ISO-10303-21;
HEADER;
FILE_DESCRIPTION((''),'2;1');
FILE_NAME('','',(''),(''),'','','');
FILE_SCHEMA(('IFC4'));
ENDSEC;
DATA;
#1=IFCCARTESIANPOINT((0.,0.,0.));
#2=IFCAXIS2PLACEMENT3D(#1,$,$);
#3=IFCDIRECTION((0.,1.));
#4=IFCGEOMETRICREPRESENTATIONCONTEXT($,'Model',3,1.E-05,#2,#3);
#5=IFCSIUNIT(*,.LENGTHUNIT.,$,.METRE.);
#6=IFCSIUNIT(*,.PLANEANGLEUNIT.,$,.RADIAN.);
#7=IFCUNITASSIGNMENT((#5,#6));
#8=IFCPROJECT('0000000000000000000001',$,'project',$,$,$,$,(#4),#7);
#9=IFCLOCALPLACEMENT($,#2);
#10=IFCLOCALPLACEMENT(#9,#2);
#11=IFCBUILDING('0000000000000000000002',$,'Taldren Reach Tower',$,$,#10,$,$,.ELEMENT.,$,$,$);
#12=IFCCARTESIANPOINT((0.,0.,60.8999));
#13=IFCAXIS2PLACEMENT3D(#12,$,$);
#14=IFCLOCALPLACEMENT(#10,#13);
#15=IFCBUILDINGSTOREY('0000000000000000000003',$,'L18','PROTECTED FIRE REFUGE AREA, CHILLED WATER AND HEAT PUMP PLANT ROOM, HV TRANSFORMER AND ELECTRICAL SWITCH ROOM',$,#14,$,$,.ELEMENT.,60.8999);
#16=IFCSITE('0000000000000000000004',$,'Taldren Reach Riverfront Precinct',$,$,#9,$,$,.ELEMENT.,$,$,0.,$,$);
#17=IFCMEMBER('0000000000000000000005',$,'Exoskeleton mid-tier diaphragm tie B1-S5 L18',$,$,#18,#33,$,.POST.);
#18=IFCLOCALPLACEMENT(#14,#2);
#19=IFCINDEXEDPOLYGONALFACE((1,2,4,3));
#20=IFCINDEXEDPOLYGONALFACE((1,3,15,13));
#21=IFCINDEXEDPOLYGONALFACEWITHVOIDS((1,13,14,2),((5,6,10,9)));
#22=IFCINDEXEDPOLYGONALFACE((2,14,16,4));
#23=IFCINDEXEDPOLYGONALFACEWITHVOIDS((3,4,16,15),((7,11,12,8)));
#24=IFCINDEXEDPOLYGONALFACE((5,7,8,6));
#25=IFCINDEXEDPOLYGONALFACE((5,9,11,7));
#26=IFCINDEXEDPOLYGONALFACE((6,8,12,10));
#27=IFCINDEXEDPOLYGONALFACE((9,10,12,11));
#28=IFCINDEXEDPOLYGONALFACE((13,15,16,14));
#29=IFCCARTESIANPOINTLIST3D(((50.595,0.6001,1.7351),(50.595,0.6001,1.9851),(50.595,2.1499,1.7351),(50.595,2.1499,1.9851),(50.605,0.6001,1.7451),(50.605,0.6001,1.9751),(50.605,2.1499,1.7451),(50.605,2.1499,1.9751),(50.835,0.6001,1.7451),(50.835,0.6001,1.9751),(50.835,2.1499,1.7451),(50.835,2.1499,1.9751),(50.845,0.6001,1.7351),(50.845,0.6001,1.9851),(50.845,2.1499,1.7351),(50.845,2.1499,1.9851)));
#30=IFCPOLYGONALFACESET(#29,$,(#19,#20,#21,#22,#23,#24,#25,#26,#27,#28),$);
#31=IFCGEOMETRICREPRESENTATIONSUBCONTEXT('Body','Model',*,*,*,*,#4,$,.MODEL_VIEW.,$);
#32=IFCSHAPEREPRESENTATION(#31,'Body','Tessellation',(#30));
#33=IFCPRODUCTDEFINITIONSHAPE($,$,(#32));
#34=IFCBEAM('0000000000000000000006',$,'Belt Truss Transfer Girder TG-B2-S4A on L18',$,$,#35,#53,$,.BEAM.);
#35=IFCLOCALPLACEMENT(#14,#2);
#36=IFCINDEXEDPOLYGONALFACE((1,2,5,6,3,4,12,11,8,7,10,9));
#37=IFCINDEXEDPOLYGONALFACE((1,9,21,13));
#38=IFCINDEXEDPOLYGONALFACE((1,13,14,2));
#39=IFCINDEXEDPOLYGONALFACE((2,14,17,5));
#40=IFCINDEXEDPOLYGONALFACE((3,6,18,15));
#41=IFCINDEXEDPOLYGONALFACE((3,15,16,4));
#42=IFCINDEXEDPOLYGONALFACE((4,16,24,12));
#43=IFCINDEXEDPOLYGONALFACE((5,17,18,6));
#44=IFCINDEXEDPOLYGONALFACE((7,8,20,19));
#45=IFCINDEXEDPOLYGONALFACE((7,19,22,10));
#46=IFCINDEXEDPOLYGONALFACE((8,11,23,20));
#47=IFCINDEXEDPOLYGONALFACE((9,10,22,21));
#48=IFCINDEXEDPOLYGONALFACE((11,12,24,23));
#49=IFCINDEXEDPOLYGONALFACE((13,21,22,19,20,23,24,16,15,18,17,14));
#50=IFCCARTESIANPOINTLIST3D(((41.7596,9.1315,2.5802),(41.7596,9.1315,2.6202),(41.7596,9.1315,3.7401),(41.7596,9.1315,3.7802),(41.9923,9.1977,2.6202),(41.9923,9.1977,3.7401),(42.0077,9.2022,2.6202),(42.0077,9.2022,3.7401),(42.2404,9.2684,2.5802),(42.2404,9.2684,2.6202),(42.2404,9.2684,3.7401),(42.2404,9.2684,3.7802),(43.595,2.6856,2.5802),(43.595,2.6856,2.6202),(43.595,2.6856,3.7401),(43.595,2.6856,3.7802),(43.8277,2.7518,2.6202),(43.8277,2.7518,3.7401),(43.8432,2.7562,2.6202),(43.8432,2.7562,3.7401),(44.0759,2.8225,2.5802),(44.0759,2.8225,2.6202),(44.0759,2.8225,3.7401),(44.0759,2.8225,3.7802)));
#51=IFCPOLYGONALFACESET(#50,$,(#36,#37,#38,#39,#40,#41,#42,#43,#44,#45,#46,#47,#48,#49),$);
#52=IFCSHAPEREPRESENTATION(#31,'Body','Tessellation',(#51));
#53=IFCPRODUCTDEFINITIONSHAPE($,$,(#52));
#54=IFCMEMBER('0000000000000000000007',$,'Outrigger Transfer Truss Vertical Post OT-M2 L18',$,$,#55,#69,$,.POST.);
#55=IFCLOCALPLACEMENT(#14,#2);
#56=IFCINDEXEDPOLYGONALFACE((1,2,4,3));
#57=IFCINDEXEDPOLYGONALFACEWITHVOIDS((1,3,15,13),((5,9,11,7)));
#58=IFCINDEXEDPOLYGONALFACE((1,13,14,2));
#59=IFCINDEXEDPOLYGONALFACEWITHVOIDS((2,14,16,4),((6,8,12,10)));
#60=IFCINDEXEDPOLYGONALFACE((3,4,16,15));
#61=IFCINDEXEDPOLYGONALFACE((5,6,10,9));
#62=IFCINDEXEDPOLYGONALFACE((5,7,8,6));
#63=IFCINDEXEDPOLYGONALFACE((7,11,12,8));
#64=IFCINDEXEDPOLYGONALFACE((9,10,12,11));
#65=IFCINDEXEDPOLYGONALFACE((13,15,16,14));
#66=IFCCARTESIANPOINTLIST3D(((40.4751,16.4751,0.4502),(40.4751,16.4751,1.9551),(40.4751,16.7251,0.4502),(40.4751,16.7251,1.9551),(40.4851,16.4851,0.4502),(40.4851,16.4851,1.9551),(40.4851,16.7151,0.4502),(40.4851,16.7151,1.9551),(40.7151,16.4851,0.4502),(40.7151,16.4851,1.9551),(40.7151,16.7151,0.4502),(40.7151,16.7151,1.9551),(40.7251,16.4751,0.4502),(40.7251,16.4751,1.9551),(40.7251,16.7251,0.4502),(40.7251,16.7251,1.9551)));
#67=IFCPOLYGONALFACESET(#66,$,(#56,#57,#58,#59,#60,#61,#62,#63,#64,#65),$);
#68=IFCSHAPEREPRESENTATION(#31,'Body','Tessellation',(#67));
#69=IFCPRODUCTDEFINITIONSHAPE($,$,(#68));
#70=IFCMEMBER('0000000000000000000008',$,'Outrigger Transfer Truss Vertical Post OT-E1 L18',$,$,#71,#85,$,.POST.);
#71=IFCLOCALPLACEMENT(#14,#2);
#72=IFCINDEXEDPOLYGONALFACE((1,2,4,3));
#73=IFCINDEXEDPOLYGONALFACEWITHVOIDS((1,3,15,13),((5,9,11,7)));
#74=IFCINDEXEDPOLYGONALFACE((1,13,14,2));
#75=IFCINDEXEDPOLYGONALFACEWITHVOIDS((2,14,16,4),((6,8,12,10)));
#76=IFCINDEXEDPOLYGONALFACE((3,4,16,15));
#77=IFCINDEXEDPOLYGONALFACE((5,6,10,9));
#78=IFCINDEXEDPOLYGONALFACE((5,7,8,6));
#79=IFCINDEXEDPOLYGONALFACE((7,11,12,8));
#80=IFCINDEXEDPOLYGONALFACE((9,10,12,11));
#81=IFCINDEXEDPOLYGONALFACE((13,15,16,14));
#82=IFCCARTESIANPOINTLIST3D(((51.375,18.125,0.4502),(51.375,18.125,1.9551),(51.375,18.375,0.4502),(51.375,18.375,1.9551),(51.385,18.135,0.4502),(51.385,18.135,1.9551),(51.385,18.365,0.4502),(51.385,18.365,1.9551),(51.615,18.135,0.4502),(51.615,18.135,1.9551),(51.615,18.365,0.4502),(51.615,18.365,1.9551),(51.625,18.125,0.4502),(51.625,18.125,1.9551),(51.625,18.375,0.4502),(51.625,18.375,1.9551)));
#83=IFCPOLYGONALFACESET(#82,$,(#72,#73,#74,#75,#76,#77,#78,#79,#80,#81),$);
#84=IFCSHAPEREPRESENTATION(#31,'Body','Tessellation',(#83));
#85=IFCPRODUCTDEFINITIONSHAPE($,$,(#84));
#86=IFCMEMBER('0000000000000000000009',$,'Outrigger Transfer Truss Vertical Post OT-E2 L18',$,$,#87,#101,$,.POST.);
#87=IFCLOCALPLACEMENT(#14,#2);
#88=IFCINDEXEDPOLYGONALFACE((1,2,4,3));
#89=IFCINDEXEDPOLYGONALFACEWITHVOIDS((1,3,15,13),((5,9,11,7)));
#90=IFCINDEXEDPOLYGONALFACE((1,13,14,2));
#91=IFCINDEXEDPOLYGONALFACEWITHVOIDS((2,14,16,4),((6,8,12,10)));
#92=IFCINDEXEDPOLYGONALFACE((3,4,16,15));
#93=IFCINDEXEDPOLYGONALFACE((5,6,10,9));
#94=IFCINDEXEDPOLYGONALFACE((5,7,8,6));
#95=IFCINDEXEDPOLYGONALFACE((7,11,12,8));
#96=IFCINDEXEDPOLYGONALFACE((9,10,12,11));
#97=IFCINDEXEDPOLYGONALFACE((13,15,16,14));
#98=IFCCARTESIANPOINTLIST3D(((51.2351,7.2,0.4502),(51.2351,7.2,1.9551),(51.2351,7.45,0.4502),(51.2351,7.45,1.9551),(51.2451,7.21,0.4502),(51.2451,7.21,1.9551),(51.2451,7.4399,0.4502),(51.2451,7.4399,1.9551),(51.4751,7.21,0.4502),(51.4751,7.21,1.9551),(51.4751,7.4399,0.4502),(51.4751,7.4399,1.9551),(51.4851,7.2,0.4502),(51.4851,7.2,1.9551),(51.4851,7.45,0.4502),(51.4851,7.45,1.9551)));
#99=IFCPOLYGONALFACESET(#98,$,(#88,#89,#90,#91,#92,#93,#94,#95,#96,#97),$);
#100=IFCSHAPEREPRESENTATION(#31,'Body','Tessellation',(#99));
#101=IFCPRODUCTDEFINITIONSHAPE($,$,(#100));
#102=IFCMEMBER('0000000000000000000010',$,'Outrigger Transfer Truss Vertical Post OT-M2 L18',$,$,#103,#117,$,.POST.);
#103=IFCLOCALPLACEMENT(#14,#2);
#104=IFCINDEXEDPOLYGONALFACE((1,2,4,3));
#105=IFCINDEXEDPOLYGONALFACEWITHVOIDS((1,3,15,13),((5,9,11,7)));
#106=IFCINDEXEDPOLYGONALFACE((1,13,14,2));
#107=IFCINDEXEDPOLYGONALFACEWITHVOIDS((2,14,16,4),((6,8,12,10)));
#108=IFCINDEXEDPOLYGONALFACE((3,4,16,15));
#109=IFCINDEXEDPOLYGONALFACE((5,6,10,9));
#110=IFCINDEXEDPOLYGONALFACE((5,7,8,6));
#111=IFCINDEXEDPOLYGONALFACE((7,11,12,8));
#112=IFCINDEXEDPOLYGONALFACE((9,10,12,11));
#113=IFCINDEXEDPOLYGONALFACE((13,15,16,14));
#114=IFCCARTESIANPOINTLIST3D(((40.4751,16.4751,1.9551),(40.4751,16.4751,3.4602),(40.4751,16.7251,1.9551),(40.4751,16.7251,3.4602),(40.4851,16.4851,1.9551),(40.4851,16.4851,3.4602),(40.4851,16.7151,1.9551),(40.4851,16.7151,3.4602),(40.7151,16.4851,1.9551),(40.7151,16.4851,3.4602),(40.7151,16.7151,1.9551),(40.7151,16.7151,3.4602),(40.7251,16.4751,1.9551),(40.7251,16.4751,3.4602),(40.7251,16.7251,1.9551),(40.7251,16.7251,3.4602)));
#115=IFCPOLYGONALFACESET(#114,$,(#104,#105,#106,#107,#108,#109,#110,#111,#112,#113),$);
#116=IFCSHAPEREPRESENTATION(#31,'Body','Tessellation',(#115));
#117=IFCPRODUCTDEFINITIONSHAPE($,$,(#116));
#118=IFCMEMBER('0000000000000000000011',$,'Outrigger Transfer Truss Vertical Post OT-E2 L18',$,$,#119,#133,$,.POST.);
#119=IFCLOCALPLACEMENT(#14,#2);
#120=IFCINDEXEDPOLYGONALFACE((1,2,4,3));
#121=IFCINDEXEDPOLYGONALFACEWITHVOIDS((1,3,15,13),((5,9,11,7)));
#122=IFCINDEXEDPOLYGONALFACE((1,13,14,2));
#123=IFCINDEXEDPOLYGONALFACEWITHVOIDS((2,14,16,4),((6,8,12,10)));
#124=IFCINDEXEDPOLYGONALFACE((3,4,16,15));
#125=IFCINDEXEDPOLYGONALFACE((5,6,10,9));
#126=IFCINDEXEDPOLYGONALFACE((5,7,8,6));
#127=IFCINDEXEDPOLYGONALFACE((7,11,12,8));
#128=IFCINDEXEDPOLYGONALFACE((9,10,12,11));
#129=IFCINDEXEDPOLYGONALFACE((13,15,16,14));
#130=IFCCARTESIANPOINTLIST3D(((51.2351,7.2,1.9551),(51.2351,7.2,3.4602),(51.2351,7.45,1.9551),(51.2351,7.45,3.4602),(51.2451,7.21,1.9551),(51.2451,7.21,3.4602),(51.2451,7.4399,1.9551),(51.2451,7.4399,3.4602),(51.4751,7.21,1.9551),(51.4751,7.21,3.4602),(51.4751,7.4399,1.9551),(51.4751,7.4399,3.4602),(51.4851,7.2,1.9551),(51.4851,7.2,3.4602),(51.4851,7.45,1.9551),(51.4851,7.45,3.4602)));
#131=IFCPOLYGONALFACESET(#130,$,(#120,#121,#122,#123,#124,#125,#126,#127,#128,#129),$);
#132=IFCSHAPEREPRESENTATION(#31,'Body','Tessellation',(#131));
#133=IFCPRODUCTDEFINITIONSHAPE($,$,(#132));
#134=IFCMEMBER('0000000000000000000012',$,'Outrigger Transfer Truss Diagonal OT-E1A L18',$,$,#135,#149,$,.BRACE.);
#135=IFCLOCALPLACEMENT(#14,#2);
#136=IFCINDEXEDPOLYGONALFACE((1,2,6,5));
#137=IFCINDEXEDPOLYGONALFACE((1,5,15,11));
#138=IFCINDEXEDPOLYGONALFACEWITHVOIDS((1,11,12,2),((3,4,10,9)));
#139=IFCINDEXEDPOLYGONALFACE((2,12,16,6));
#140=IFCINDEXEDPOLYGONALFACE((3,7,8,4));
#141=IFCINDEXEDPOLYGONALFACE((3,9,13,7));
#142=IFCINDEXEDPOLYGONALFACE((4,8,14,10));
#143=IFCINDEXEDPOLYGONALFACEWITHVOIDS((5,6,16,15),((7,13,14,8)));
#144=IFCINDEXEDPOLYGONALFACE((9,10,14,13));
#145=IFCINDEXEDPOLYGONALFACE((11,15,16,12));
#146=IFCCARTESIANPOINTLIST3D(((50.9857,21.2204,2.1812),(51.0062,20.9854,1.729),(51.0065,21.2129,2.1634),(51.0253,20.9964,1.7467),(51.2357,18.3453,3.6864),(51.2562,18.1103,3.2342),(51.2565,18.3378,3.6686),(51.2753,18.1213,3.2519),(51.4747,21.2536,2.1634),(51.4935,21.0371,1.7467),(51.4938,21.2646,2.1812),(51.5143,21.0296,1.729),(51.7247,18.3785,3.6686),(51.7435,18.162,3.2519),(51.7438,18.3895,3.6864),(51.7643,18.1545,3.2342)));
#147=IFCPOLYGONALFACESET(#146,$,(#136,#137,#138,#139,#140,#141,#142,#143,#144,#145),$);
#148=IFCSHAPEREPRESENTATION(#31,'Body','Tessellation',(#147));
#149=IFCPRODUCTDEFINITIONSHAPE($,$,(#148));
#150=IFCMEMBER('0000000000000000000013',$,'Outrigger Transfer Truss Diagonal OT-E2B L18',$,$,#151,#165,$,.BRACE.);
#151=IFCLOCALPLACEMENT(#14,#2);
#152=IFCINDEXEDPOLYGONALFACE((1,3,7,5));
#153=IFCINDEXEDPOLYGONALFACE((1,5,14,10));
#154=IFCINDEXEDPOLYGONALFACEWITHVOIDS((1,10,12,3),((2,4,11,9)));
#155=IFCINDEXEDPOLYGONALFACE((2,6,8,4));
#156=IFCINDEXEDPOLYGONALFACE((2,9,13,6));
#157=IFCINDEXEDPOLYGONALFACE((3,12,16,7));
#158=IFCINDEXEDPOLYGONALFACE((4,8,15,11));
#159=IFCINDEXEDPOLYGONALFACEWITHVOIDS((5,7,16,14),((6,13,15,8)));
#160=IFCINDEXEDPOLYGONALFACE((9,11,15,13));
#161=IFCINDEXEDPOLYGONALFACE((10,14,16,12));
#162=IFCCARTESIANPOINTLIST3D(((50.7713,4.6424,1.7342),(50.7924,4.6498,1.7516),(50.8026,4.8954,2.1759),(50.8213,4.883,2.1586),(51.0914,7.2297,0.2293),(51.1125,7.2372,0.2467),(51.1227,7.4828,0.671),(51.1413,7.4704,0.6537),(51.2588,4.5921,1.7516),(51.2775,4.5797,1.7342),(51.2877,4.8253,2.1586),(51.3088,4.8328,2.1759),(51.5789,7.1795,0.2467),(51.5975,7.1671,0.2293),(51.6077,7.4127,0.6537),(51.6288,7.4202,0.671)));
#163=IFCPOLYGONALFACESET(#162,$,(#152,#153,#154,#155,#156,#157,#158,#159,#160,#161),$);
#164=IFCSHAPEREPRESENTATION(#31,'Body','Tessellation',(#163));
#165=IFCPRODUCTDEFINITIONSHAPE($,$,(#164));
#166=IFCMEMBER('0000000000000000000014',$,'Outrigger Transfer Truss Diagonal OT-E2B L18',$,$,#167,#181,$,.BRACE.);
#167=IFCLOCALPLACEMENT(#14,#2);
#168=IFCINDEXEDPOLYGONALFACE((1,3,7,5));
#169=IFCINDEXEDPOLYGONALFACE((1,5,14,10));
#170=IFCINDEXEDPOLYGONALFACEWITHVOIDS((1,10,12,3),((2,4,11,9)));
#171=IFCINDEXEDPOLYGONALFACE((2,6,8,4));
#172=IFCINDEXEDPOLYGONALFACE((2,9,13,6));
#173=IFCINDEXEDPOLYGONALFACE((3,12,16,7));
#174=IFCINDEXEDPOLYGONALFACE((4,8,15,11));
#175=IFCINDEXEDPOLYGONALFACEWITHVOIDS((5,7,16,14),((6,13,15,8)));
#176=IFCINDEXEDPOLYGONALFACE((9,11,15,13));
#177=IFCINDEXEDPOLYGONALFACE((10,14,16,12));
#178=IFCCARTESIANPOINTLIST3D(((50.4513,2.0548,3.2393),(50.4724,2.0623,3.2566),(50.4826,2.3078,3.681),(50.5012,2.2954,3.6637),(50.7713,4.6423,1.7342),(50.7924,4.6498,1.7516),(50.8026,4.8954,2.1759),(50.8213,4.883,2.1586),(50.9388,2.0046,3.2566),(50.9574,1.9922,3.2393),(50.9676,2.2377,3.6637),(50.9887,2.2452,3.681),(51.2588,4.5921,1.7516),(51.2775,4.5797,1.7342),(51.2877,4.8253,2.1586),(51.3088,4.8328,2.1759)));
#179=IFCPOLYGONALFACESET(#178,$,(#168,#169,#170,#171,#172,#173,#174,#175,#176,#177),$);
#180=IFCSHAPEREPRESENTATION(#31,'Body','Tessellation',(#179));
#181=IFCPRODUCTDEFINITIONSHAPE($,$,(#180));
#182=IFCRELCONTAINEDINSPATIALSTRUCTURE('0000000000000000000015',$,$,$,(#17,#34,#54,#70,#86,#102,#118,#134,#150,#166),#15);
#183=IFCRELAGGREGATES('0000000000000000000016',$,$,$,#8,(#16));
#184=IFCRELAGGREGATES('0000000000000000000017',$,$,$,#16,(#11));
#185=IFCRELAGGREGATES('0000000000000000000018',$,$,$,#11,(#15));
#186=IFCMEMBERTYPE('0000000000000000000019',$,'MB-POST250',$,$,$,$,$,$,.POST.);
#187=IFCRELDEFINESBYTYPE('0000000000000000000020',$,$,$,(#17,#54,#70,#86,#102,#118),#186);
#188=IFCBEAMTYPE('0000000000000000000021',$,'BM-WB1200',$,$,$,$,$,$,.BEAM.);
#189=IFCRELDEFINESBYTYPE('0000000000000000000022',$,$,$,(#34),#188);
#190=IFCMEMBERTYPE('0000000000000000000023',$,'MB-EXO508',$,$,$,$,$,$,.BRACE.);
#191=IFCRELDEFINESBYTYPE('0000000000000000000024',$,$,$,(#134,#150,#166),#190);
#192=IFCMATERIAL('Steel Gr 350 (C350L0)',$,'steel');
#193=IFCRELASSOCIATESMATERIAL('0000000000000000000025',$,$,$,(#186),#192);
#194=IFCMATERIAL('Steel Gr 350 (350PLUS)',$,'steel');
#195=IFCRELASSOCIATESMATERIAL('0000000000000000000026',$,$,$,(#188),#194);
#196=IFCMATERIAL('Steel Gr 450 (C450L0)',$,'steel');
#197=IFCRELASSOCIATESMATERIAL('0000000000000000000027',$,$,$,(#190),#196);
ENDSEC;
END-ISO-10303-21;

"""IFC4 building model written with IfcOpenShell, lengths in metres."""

from ifc_helpers import new_model, si_unit, direction, frame, origin, origin_2d, place, context, subcontext, project, spatial, hollow_rectangle, i_section, extrude, source, transform, mapped, material, material_profile, profile_set, type_object, element, save


model = new_model("IFC4")

# Units and contexts
model_context = context("Model", 3, precision=1e-05, world=origin(), true_north=direction((0.0, 1.0)))
body_context = subcontext(model_context, "Body", "Model", "MODEL_VIEW")
ifc_project = project(units=[si_unit("LENGTHUNIT", "METRE"), si_unit("PLANEANGLEUNIT", "RADIAN")], contexts=[model_context])

# Site, building, storey
site_placement = place(None, origin())
site = spatial("IfcSite", under=ifc_project, at=site_placement, Name="Taldren Reach Riverfront Precinct", CompositionType="ELEMENT", RefElevation=0.0)
building_placement = place(site_placement, origin())
building = spatial("IfcBuilding", under=site, at=building_placement, Name="Taldren Reach Tower", CompositionType="ELEMENT")
storey_placement = place(building_placement, frame((0.0, 0.0, 60.8999)))
storey = spatial("IfcBuildingStorey", under=building, at=storey_placement, Name="L18", Description="PROTECTED FIRE REFUGE AREA, CHILLED WATER AND HEAT PUMP PLANT ROOM, HV TRANSFORMER AND ELECTRICAL SWITCH ROOM", CompositionType="ELEMENT", Elevation=60.8999)

# Shared definitions
ifc_material_1 = material(Name="Steel Gr 350 (350PLUS)", Category="steel")

# Member
ifc_material_2 = material(Name="Steel Gr 450 (C450L0)", Category="steel")
ifc_material_3 = material(Name="Steel Gr 350 (C350L0)", Category="steel")
ifc_material_profile_1 = material_profile(ifc_material_3, hollow_rectangle(XDim=0.25, YDim=0.25, WallThickness=0.01, at=origin_2d()), Name="250x250x10.0SHS")
ifc_profile_set_1 = profile_set([ifc_material_profile_1], Name="Steel Gr 350 (C350L0)")
member_type_1 = type_object("IfcMemberType", Name="MB-POST250", PredefinedType="POST", material=ifc_profile_set_1)
shared_shape_1 = source(origin(), body_context, "Body", "SweptSolid", [
    extrude(hollow_rectangle(XDim=0.25, YDim=0.25, WallThickness=0.01, at=origin_2d()), origin(), (0.0, 0.0, 1.0), 1.5498),
])
for number, where, z_axis, x_axis, name in (
    (1, (50.72, 2.1499, 1.8601), (0.0, -1.0, 0.0), (1.0, 0.0, 0.0), "Exoskeleton mid-tier diaphragm tie B1-S5 L18"),
):
    element("IfcMember", number, at=place(storey_placement, frame(where, z_axis=z_axis, x_axis=x_axis)), inside=storey, type_object=member_type_1, Name=name, PredefinedType="POST", context=body_context, shape_type="MappedRepresentation", body=[
        mapped(shared_shape_1, transform((0.0, 0.0, 0.0), scale=1.0)),
    ])

# Beam
ifc_material_profile_2 = material_profile(ifc_material_1, i_section(OverallWidth=0.5, OverallDepth=1.2, WebThickness=0.0161, FlangeThickness=0.04, at=origin_2d()), Name="1200WB455")
ifc_profile_set_2 = profile_set([ifc_material_profile_2], Name="Steel Gr 350 (350PLUS)")
beam_type_1 = type_object("IfcBeamType", Name="BM-WB1200", PredefinedType="BEAM", material=ifc_profile_set_2)
shared_shape_2 = source(origin(), body_context, "Body", "SweptSolid", [
    extrude(i_section(OverallWidth=0.5, OverallDepth=1.2, WebThickness=0.0161, FlangeThickness=0.04, at=origin_2d()), origin(), (0.0, 0.0, 1.0), 6.7021),
])
beam_1_placement = place(storey_placement, frame((42.0, 9.2, 3.1802), z_axis=(0.273855, -0.961771, 0.0), x_axis=(0.961771, 0.273855, 0.0)))
element("IfcBeam", 2, at=beam_1_placement, inside=storey, type_object=beam_type_1, Name="Belt Truss Transfer Girder TG-B2-S4A on L18", PredefinedType="BEAM", context=body_context, shape_type="MappedRepresentation", body=[
    mapped(shared_shape_2, transform((0.0, 0.0, 0.0), scale=1.0)),
])

# Members
shared_shape_3 = source(origin(), body_context, "Body", "SweptSolid", [
    extrude(hollow_rectangle(XDim=0.25, YDim=0.25, WallThickness=0.01, at=origin_2d()), origin(), (0.0, 0.0, 1.0), 1.5049),
])
for number, where, z_axis, x_axis, name in (
    (3, (40.6001, 16.6001, 0.4502), (0.0, 0.0, 1.0), (1.0, 0.0, 0.0), "Outrigger Transfer Truss Vertical Post OT-M2 L18"),
    (4, (51.5, 18.25, 0.4502), (0.0, 0.0, 1.0), (1.0, 0.0, 0.0), "Outrigger Transfer Truss Vertical Post OT-E1 L18"),
    (5, (51.3601, 7.325, 0.4502), (0.0, 0.0, 1.0), (1.0, 0.0, 0.0), "Outrigger Transfer Truss Vertical Post OT-E2 L18"),
):
    element("IfcMember", number, at=place(storey_placement, frame(where, z_axis=z_axis, x_axis=x_axis)), inside=storey, type_object=member_type_1, Name=name, PredefinedType="POST", context=body_context, shape_type="MappedRepresentation", body=[
        mapped(shared_shape_3, transform((0.0, 0.0, 0.0), scale=1.0)),
    ])
shared_shape_4 = source(origin(), body_context, "Body", "SweptSolid", [
    extrude(hollow_rectangle(XDim=0.25, YDim=0.25, WallThickness=0.01, at=origin_2d()), origin(), (0.0, 0.0, 1.0), 1.5051),
])
for number, where, z_axis, x_axis, name in (
    (6, (40.6001, 16.6001, 1.9551), (0.0, 0.0, 1.0), (1.0, 0.0, 0.0), "Outrigger Transfer Truss Vertical Post OT-M2 L18"),
    (7, (51.3601, 7.325, 1.9551), (0.0, 0.0, 1.0), (1.0, 0.0, 0.0), "Outrigger Transfer Truss Vertical Post OT-E2 L18"),
):
    element("IfcMember", number, at=place(storey_placement, frame(where, z_axis=z_axis, x_axis=x_axis)), inside=storey, type_object=member_type_1, Name=name, PredefinedType="POST", context=body_context, shape_type="MappedRepresentation", body=[
        mapped(shared_shape_4, transform((0.0, 0.0, 0.0), scale=1.0)),
    ])
ifc_material_profile_3 = material_profile(ifc_material_2, hollow_rectangle(XDim=0.51, YDim=0.51, WallThickness=0.02, at=origin_2d()), Name="510x510x20.0SHS")
ifc_profile_set_3 = profile_set([ifc_material_profile_3], Name="Steel Gr 450 (C450L0)")
member_type_2 = type_object("IfcMemberType", Name="MB-EXO508", PredefinedType="BRACE", material=ifc_profile_set_3)
shared_shape_5 = source(origin(), body_context, "Body", "SweptSolid", [
    extrude(hollow_rectangle(XDim=0.51, YDim=0.51, WallThickness=0.02, at=origin_2d()), origin(), (0.0, 0.0, 1.0), 3.2549),
])
member_1_placement = place(storey_placement, frame((51.25, 21.125, 1.9551), z_axis=(0.07681, -0.883319, 0.462437), x_axis=(0.996241, 0.08663, 0.0)))
element("IfcMember", 8, at=member_1_placement, inside=storey, type_object=member_type_2, Name="Outrigger Transfer Truss Diagonal OT-E1A L18", PredefinedType="BRACE", context=body_context, shape_type="MappedRepresentation", body=[
    mapped(shared_shape_5, transform((0.0, 0.0, 0.0), scale=1.0)),
])
shared_shape_6 = source(origin(), body_context, "Body", "SweptSolid", [
    extrude(hollow_rectangle(XDim=0.51, YDim=0.51, WallThickness=0.02, at=origin_2d()), origin(), (0.0, 0.0, 1.0), 3.0103),
])
member_2_placement = place(storey_placement, frame((51.3601, 7.325, 0.4502), z_axis=(-0.106325, -0.859523, 0.499915), x_axis=(0.992436, -0.122767, 0.0)))
element("IfcMember", 9, at=member_2_placement, inside=storey, type_object=member_type_2, Name="Outrigger Transfer Truss Diagonal OT-E2B L18", PredefinedType="BRACE", context=body_context, shape_type="MappedRepresentation", body=[
    mapped(shared_shape_6, transform((0.0, 0.0, 0.0), scale=1.0)),
])
shared_shape_7 = source(origin(), body_context, "Body", "SweptSolid", [
    extrude(hollow_rectangle(XDim=0.51, YDim=0.51, WallThickness=0.02, at=origin_2d()), origin(), (0.0, 0.0, 1.0), 3.0105),
])
member_3_placement = place(storey_placement, frame((51.04, 4.7375, 1.9551), z_axis=(-0.106314, -0.859509, 0.499941), x_axis=(0.992437, -0.122755, 0.0)))
element("IfcMember", 10, at=member_3_placement, inside=storey, type_object=member_type_2, Name="Outrigger Transfer Truss Diagonal OT-E2B L18", PredefinedType="BRACE", context=body_context, shape_type="MappedRepresentation", body=[
    mapped(shared_shape_7, transform((0.0, 0.0, 0.0), scale=1.0)),
])

save(model, "model.ifc")
